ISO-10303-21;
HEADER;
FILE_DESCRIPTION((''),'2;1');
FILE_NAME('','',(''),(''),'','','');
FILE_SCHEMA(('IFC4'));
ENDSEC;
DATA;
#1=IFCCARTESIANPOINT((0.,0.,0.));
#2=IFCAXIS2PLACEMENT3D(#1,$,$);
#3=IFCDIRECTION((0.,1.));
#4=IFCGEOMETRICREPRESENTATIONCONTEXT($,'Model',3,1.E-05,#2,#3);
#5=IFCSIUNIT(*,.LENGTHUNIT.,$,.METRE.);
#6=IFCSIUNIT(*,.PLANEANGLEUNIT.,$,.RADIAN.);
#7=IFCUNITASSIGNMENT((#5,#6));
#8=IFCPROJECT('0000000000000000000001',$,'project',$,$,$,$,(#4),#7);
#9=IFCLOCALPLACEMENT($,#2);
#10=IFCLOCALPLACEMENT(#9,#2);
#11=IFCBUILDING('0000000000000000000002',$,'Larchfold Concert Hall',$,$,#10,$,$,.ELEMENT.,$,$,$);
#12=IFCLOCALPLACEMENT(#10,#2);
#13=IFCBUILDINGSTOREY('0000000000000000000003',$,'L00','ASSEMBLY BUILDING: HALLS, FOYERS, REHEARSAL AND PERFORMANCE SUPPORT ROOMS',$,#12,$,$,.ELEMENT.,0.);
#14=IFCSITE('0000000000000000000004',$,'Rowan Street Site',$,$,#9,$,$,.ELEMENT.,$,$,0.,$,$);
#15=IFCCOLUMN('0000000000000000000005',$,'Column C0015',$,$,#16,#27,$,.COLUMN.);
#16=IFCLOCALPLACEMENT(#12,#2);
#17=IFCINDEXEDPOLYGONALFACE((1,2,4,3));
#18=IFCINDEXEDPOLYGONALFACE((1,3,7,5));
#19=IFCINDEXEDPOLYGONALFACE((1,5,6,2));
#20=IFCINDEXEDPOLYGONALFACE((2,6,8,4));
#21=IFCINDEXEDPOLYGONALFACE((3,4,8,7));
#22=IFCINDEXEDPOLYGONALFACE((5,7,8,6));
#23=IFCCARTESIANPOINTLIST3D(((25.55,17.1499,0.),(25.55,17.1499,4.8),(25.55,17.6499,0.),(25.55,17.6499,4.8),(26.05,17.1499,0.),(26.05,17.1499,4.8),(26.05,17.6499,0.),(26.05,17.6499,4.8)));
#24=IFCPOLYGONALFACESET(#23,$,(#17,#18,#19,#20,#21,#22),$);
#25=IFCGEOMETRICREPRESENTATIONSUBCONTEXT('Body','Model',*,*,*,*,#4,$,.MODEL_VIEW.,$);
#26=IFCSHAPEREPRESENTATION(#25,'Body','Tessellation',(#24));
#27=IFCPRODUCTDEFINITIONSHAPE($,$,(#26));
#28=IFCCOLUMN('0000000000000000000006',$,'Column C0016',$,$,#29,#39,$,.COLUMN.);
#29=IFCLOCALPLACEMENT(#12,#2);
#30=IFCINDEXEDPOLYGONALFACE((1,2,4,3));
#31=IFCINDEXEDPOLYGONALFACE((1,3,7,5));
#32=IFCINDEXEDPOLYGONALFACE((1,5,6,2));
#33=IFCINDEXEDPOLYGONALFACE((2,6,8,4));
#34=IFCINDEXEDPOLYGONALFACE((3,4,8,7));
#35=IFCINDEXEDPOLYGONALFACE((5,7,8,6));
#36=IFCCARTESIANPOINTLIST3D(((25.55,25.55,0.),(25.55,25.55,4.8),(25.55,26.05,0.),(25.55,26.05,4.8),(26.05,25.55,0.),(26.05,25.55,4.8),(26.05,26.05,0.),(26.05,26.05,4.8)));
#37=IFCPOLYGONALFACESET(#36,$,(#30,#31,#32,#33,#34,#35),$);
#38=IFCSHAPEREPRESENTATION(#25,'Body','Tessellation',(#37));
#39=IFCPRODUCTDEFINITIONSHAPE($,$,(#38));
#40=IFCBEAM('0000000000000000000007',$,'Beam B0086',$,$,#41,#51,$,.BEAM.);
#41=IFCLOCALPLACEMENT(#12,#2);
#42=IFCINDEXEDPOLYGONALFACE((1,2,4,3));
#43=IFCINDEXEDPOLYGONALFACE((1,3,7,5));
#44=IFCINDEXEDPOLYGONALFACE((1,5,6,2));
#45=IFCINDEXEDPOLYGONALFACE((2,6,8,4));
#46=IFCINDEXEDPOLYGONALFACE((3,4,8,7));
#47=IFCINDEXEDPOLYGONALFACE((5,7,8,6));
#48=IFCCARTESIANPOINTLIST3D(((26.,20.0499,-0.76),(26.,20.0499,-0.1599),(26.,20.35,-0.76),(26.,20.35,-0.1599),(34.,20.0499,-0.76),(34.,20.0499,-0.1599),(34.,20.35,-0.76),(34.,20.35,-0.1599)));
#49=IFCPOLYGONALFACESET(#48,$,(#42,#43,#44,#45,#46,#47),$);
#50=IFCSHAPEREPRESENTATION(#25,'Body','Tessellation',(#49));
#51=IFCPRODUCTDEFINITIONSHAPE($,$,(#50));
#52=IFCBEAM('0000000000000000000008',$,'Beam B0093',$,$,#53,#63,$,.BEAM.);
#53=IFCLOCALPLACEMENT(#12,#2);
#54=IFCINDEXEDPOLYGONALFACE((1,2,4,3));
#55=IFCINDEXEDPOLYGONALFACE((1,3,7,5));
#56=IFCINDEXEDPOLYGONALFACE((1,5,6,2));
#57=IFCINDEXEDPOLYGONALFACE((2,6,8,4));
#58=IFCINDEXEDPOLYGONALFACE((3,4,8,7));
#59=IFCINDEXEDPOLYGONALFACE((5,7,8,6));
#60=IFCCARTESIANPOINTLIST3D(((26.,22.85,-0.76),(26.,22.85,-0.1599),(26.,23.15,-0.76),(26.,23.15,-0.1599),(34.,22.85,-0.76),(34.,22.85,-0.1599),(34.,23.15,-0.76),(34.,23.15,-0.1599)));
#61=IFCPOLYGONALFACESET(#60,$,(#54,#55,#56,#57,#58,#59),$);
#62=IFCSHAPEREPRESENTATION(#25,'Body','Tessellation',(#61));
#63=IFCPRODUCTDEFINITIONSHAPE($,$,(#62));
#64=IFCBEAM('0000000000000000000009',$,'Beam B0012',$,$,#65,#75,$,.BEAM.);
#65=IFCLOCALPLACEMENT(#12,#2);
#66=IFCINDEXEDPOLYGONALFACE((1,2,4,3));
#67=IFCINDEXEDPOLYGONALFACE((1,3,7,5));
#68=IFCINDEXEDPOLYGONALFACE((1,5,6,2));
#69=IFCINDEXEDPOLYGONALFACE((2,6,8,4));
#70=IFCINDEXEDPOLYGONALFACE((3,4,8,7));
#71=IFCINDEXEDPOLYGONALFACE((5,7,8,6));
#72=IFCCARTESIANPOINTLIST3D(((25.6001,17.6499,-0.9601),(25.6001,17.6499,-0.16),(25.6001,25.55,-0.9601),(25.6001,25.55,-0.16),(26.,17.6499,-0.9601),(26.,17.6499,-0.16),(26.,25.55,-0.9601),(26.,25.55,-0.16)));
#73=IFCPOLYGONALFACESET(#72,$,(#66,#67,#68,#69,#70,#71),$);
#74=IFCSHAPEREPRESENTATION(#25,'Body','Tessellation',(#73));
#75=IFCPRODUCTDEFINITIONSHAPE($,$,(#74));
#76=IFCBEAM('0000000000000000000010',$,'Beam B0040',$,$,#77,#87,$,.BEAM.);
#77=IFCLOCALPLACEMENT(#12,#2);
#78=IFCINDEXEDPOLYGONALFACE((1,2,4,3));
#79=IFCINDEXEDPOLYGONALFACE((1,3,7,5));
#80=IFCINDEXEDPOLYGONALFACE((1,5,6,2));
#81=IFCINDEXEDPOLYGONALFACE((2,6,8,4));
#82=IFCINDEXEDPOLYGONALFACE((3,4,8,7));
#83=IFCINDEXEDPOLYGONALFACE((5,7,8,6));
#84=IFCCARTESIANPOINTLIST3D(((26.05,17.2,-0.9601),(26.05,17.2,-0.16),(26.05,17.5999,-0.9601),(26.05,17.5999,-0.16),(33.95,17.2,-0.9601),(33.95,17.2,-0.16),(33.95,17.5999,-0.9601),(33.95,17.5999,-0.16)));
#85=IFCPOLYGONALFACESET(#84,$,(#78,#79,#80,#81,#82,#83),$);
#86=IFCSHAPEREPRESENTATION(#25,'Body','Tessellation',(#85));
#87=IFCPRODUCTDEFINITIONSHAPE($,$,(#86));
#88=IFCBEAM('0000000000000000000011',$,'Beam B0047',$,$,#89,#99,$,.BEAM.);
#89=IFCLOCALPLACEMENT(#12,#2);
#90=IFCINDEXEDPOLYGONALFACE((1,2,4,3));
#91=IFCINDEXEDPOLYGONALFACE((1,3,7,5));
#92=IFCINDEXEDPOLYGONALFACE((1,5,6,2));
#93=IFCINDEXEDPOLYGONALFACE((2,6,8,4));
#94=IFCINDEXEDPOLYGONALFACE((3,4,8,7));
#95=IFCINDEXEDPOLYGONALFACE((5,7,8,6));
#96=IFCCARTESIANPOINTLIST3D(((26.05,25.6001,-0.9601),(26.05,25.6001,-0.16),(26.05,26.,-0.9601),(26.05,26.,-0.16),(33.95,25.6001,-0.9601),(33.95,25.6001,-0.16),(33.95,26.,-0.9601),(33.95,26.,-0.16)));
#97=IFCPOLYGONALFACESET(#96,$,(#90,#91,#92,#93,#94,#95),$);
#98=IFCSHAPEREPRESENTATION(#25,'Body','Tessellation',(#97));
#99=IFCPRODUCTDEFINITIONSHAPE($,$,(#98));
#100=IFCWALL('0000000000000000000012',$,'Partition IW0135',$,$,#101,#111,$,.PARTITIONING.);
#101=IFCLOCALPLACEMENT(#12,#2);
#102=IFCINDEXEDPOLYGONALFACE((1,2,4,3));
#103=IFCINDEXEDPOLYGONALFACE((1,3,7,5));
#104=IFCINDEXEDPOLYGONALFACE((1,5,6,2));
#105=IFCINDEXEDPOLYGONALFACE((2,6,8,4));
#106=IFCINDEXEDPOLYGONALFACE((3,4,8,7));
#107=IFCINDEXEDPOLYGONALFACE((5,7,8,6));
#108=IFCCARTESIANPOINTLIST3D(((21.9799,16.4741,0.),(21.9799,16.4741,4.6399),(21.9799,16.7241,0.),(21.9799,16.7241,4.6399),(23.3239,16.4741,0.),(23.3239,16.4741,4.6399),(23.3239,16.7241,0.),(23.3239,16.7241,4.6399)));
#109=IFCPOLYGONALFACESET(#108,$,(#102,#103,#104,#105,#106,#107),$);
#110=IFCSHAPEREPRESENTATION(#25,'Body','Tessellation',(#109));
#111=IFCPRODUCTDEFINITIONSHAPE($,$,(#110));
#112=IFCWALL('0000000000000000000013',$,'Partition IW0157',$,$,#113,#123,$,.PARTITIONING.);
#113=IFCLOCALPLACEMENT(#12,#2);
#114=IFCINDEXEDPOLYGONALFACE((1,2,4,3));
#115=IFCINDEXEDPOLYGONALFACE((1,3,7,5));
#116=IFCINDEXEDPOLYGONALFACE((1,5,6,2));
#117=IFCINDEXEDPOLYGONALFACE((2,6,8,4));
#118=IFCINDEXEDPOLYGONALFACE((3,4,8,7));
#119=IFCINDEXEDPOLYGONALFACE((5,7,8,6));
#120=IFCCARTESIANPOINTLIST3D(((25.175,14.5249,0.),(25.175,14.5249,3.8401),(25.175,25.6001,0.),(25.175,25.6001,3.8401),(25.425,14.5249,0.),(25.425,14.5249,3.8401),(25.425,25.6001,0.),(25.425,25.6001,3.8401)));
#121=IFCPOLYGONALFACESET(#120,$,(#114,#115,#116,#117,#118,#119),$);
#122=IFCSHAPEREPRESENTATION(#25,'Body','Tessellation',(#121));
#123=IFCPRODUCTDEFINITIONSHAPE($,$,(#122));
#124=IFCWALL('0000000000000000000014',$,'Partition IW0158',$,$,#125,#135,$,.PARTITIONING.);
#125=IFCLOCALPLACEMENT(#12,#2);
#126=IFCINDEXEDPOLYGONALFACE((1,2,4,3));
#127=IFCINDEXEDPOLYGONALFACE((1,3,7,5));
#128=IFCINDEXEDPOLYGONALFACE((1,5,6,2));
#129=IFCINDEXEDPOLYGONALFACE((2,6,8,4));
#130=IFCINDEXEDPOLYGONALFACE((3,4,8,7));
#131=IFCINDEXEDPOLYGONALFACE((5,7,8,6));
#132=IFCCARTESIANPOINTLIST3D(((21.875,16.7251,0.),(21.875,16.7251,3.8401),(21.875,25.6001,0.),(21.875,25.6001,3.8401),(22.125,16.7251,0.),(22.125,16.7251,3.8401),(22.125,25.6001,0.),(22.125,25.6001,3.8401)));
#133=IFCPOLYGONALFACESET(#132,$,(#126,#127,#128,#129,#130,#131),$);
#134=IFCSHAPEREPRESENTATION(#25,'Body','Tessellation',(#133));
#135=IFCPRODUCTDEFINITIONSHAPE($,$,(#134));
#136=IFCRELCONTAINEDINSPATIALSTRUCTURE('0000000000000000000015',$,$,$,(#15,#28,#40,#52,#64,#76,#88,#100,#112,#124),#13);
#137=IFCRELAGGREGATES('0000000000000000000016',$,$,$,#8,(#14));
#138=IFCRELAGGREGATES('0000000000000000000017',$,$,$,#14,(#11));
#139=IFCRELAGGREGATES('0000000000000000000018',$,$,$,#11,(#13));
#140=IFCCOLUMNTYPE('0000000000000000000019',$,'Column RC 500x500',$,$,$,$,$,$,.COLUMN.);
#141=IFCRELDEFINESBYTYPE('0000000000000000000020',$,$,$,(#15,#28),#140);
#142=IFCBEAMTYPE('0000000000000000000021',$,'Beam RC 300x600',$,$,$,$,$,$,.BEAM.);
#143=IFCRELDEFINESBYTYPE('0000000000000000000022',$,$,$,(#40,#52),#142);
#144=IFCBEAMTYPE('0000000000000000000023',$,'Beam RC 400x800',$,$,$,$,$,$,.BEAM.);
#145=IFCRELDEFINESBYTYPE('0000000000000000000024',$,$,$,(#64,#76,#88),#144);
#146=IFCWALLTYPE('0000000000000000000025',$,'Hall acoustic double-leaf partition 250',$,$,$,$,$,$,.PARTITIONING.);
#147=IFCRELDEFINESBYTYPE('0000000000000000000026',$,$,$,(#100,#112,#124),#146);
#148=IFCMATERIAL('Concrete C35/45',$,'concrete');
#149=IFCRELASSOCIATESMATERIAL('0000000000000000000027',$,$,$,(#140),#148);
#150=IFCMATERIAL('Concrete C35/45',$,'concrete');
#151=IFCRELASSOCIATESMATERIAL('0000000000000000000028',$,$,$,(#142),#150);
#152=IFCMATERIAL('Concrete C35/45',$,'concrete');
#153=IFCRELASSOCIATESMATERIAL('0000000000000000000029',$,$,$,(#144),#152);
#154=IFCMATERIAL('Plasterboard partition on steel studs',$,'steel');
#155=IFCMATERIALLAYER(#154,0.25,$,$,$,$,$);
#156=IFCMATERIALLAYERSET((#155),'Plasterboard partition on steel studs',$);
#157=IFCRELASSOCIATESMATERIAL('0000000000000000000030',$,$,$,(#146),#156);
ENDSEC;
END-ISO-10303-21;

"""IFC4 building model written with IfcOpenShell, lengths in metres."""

from ifc_helpers import new_model, si_unit, direction, frame, frame_2d, origin, origin_2d, place, context, subcontext, project, spatial, rectangle, extrude, material, layer, layer_set, material_profile, profile_set, type_object, element, save


model = new_model("IFC4")

# Units and contexts
model_context = context("Model", 3, precision=1e-05, world=origin(), true_north=direction((0.0, 1.0)))
body_context = subcontext(model_context, "Body", "Model", "MODEL_VIEW")
ifc_project = project(units=[si_unit("LENGTHUNIT", "METRE"), si_unit("PLANEANGLEUNIT", "RADIAN")], contexts=[model_context])

# Site, building, storey
site_placement = place(None, origin())
site = spatial("IfcSite", under=ifc_project, at=site_placement, Name="Rowan Street Site", CompositionType="ELEMENT", RefElevation=0.0)
building_placement = place(site_placement, origin())
building = spatial("IfcBuilding", under=site, at=building_placement, Name="Larchfold Concert Hall", CompositionType="ELEMENT")
storey_placement = place(building_placement, origin())
storey = spatial("IfcBuildingStorey", under=building, at=storey_placement, Name="L00", Description="ASSEMBLY BUILDING: HALLS, FOYERS, REHEARSAL AND PERFORMANCE SUPPORT ROOMS", CompositionType="ELEMENT", Elevation=0.0)

# Columns
ifc_material_1 = material(Name="Concrete C35/45", Category="concrete")
ifc_material_profile_1 = material_profile(ifc_material_1, rectangle(XDim=0.5, YDim=0.5, at=origin_2d()))
ifc_profile_set_1 = profile_set([ifc_material_profile_1], Name="Concrete C35/45")
column_type = type_object("IfcColumnType", Name="Column RC 500x500", PredefinedType="COLUMN", material=ifc_profile_set_1)
for number, where, z_axis, x_axis, name in (
    (1, (25.8, 17.3999, 0.0), (0.0, 0.0, 1.0), (1.0, 0.0, 0.0), "Column C0015"),
    (2, (25.8, 25.8, 0.0), (0.0, 0.0, 1.0), (1.0, 0.0, 0.0), "Column C0016"),
):
    element("IfcColumn", number, at=place(storey_placement, frame(where, z_axis=z_axis, x_axis=x_axis)), inside=storey, type_object=column_type, Name=name, PredefinedType="COLUMN", context=body_context, shape_type="SweptSolid", body=[
        extrude(rectangle(XDim=0.5, YDim=0.5, at=origin_2d()), origin(), (0.0, 0.0, 1.0), 4.8),
    ])

# Beams
ifc_material_2 = material(Name="Concrete C35/45", Category="concrete")
ifc_material_profile_2 = material_profile(ifc_material_2, rectangle(XDim=0.3, YDim=0.6001, at=origin_2d()))
ifc_profile_set_2 = profile_set([ifc_material_profile_2], Name="Concrete C35/45")
beam_type_1 = type_object("IfcBeamType", Name="Beam RC 300x600", PredefinedType="BEAM", material=ifc_profile_set_2)
for number, where, z_axis, x_axis, name in (
    (3, (26.0, 20.2, -0.46), (1.0, 0.0, 0.0), (0.0, 1.0, 0.0), "Beam B0086"),
    (4, (26.0, 23.0, -0.46), (1.0, 0.0, 0.0), (0.0, 1.0, 0.0), "Beam B0093"),
):
    element("IfcBeam", number, at=place(storey_placement, frame(where, z_axis=z_axis, x_axis=x_axis)), inside=storey, type_object=beam_type_1, Name=name, PredefinedType="BEAM", context=body_context, shape_type="SweptSolid", body=[
        extrude(rectangle(XDim=0.3, YDim=0.6001, at=origin_2d()), origin(), (0.0, 0.0, 1.0), 8.0),
    ])
ifc_material_3 = material(Name="Concrete C35/45", Category="concrete")
ifc_material_profile_3 = material_profile(ifc_material_3, rectangle(XDim=0.3999, YDim=0.8, at=origin_2d()))
ifc_profile_set_3 = profile_set([ifc_material_profile_3], Name="Concrete C35/45")
beam_type_2 = type_object("IfcBeamType", Name="Beam RC 400x800", PredefinedType="BEAM", material=ifc_profile_set_3)
beam_placement = place(storey_placement, frame((25.8, 17.6499, -0.5601), z_axis=(0.0, 1.0, 0.0), x_axis=(-1.0, 0.0, 0.0)))
element("IfcBeam", 5, at=beam_placement, inside=storey, type_object=beam_type_2, Name="Beam B0012", PredefinedType="BEAM", context=body_context, shape_type="SweptSolid", body=[
    extrude(rectangle(XDim=0.3999, YDim=0.8, at=origin_2d()), origin(), (0.0, 0.0, 1.0), 7.9001),
])
for number, where, z_axis, x_axis, name in (
    (6, (26.05, 17.3999, -0.5601), (1.0, 0.0, 0.0), (0.0, 1.0, 0.0), "Beam B0040"),
    (7, (26.05, 25.8, -0.5601), (1.0, 0.0, 0.0), (0.0, 1.0, 0.0), "Beam B0047"),
):
    element("IfcBeam", number, at=place(storey_placement, frame(where, z_axis=z_axis, x_axis=x_axis)), inside=storey, type_object=beam_type_2, Name=name, PredefinedType="BEAM", context=body_context, shape_type="SweptSolid", body=[
        extrude(rectangle(XDim=0.3999, YDim=0.8, at=origin_2d()), origin(), (0.0, 0.0, 1.0), 7.8999),
    ])

# Walls
ifc_material_4 = material(Name="Plasterboard partition on steel studs", Category="steel")
ifc_layer_1 = layer(ifc_material_4, 0.25)
ifc_layer_set_1 = layer_set([ifc_layer_1], Name="Plasterboard partition on steel studs")
wall_type_1 = type_object("IfcWallType", Name="Hall acoustic double-leaf partition 250", PredefinedType="PARTITIONING", material=ifc_layer_set_1)
wall_1_placement = place(storey_placement, frame((21.98, 16.5991, 0.0), z_axis=(0.0, 0.0, 1.0), x_axis=(1.0, 0.0, 0.0)))
element("IfcWall", 8, at=wall_1_placement, inside=storey, type_object=wall_type_1, Name="Partition IW0135", PredefinedType="PARTITIONING", context=body_context, shape_type="SweptSolid", body=[
    extrude(rectangle(XDim=1.344, YDim=0.25, at=frame_2d((0.6719, 0.0))), origin(), (0.0, 0.0, 1.0), 4.6399),
])
wall_2_placement = place(storey_placement, frame((25.3, 25.6001, 0.0), z_axis=(0.0, 0.0, 1.0), x_axis=(0.0, -1.0, 0.0)))
element("IfcWall", 9, at=wall_2_placement, inside=storey, type_object=wall_type_1, Name="Partition IW0157", PredefinedType="PARTITIONING", context=body_context, shape_type="SweptSolid", body=[
    extrude(rectangle(XDim=11.0752, YDim=0.25, at=frame_2d((5.5376, 0.0))), origin(), (0.0, 0.0, 1.0), 3.8401),
])
wall_3_placement = place(storey_placement, frame((22.0, 16.7251, 0.0), z_axis=(0.0, 0.0, 1.0), x_axis=(0.0, 1.0, 0.0)))
element("IfcWall", 10, at=wall_3_placement, inside=storey, type_object=wall_type_1, Name="Partition IW0158", PredefinedType="PARTITIONING", context=body_context, shape_type="SweptSolid", body=[
    extrude(rectangle(XDim=8.875, YDim=0.25, at=frame_2d((4.4375, 0.0))), origin(), (0.0, 0.0, 1.0), 3.8401),
])

save(model, "model.ifc")
